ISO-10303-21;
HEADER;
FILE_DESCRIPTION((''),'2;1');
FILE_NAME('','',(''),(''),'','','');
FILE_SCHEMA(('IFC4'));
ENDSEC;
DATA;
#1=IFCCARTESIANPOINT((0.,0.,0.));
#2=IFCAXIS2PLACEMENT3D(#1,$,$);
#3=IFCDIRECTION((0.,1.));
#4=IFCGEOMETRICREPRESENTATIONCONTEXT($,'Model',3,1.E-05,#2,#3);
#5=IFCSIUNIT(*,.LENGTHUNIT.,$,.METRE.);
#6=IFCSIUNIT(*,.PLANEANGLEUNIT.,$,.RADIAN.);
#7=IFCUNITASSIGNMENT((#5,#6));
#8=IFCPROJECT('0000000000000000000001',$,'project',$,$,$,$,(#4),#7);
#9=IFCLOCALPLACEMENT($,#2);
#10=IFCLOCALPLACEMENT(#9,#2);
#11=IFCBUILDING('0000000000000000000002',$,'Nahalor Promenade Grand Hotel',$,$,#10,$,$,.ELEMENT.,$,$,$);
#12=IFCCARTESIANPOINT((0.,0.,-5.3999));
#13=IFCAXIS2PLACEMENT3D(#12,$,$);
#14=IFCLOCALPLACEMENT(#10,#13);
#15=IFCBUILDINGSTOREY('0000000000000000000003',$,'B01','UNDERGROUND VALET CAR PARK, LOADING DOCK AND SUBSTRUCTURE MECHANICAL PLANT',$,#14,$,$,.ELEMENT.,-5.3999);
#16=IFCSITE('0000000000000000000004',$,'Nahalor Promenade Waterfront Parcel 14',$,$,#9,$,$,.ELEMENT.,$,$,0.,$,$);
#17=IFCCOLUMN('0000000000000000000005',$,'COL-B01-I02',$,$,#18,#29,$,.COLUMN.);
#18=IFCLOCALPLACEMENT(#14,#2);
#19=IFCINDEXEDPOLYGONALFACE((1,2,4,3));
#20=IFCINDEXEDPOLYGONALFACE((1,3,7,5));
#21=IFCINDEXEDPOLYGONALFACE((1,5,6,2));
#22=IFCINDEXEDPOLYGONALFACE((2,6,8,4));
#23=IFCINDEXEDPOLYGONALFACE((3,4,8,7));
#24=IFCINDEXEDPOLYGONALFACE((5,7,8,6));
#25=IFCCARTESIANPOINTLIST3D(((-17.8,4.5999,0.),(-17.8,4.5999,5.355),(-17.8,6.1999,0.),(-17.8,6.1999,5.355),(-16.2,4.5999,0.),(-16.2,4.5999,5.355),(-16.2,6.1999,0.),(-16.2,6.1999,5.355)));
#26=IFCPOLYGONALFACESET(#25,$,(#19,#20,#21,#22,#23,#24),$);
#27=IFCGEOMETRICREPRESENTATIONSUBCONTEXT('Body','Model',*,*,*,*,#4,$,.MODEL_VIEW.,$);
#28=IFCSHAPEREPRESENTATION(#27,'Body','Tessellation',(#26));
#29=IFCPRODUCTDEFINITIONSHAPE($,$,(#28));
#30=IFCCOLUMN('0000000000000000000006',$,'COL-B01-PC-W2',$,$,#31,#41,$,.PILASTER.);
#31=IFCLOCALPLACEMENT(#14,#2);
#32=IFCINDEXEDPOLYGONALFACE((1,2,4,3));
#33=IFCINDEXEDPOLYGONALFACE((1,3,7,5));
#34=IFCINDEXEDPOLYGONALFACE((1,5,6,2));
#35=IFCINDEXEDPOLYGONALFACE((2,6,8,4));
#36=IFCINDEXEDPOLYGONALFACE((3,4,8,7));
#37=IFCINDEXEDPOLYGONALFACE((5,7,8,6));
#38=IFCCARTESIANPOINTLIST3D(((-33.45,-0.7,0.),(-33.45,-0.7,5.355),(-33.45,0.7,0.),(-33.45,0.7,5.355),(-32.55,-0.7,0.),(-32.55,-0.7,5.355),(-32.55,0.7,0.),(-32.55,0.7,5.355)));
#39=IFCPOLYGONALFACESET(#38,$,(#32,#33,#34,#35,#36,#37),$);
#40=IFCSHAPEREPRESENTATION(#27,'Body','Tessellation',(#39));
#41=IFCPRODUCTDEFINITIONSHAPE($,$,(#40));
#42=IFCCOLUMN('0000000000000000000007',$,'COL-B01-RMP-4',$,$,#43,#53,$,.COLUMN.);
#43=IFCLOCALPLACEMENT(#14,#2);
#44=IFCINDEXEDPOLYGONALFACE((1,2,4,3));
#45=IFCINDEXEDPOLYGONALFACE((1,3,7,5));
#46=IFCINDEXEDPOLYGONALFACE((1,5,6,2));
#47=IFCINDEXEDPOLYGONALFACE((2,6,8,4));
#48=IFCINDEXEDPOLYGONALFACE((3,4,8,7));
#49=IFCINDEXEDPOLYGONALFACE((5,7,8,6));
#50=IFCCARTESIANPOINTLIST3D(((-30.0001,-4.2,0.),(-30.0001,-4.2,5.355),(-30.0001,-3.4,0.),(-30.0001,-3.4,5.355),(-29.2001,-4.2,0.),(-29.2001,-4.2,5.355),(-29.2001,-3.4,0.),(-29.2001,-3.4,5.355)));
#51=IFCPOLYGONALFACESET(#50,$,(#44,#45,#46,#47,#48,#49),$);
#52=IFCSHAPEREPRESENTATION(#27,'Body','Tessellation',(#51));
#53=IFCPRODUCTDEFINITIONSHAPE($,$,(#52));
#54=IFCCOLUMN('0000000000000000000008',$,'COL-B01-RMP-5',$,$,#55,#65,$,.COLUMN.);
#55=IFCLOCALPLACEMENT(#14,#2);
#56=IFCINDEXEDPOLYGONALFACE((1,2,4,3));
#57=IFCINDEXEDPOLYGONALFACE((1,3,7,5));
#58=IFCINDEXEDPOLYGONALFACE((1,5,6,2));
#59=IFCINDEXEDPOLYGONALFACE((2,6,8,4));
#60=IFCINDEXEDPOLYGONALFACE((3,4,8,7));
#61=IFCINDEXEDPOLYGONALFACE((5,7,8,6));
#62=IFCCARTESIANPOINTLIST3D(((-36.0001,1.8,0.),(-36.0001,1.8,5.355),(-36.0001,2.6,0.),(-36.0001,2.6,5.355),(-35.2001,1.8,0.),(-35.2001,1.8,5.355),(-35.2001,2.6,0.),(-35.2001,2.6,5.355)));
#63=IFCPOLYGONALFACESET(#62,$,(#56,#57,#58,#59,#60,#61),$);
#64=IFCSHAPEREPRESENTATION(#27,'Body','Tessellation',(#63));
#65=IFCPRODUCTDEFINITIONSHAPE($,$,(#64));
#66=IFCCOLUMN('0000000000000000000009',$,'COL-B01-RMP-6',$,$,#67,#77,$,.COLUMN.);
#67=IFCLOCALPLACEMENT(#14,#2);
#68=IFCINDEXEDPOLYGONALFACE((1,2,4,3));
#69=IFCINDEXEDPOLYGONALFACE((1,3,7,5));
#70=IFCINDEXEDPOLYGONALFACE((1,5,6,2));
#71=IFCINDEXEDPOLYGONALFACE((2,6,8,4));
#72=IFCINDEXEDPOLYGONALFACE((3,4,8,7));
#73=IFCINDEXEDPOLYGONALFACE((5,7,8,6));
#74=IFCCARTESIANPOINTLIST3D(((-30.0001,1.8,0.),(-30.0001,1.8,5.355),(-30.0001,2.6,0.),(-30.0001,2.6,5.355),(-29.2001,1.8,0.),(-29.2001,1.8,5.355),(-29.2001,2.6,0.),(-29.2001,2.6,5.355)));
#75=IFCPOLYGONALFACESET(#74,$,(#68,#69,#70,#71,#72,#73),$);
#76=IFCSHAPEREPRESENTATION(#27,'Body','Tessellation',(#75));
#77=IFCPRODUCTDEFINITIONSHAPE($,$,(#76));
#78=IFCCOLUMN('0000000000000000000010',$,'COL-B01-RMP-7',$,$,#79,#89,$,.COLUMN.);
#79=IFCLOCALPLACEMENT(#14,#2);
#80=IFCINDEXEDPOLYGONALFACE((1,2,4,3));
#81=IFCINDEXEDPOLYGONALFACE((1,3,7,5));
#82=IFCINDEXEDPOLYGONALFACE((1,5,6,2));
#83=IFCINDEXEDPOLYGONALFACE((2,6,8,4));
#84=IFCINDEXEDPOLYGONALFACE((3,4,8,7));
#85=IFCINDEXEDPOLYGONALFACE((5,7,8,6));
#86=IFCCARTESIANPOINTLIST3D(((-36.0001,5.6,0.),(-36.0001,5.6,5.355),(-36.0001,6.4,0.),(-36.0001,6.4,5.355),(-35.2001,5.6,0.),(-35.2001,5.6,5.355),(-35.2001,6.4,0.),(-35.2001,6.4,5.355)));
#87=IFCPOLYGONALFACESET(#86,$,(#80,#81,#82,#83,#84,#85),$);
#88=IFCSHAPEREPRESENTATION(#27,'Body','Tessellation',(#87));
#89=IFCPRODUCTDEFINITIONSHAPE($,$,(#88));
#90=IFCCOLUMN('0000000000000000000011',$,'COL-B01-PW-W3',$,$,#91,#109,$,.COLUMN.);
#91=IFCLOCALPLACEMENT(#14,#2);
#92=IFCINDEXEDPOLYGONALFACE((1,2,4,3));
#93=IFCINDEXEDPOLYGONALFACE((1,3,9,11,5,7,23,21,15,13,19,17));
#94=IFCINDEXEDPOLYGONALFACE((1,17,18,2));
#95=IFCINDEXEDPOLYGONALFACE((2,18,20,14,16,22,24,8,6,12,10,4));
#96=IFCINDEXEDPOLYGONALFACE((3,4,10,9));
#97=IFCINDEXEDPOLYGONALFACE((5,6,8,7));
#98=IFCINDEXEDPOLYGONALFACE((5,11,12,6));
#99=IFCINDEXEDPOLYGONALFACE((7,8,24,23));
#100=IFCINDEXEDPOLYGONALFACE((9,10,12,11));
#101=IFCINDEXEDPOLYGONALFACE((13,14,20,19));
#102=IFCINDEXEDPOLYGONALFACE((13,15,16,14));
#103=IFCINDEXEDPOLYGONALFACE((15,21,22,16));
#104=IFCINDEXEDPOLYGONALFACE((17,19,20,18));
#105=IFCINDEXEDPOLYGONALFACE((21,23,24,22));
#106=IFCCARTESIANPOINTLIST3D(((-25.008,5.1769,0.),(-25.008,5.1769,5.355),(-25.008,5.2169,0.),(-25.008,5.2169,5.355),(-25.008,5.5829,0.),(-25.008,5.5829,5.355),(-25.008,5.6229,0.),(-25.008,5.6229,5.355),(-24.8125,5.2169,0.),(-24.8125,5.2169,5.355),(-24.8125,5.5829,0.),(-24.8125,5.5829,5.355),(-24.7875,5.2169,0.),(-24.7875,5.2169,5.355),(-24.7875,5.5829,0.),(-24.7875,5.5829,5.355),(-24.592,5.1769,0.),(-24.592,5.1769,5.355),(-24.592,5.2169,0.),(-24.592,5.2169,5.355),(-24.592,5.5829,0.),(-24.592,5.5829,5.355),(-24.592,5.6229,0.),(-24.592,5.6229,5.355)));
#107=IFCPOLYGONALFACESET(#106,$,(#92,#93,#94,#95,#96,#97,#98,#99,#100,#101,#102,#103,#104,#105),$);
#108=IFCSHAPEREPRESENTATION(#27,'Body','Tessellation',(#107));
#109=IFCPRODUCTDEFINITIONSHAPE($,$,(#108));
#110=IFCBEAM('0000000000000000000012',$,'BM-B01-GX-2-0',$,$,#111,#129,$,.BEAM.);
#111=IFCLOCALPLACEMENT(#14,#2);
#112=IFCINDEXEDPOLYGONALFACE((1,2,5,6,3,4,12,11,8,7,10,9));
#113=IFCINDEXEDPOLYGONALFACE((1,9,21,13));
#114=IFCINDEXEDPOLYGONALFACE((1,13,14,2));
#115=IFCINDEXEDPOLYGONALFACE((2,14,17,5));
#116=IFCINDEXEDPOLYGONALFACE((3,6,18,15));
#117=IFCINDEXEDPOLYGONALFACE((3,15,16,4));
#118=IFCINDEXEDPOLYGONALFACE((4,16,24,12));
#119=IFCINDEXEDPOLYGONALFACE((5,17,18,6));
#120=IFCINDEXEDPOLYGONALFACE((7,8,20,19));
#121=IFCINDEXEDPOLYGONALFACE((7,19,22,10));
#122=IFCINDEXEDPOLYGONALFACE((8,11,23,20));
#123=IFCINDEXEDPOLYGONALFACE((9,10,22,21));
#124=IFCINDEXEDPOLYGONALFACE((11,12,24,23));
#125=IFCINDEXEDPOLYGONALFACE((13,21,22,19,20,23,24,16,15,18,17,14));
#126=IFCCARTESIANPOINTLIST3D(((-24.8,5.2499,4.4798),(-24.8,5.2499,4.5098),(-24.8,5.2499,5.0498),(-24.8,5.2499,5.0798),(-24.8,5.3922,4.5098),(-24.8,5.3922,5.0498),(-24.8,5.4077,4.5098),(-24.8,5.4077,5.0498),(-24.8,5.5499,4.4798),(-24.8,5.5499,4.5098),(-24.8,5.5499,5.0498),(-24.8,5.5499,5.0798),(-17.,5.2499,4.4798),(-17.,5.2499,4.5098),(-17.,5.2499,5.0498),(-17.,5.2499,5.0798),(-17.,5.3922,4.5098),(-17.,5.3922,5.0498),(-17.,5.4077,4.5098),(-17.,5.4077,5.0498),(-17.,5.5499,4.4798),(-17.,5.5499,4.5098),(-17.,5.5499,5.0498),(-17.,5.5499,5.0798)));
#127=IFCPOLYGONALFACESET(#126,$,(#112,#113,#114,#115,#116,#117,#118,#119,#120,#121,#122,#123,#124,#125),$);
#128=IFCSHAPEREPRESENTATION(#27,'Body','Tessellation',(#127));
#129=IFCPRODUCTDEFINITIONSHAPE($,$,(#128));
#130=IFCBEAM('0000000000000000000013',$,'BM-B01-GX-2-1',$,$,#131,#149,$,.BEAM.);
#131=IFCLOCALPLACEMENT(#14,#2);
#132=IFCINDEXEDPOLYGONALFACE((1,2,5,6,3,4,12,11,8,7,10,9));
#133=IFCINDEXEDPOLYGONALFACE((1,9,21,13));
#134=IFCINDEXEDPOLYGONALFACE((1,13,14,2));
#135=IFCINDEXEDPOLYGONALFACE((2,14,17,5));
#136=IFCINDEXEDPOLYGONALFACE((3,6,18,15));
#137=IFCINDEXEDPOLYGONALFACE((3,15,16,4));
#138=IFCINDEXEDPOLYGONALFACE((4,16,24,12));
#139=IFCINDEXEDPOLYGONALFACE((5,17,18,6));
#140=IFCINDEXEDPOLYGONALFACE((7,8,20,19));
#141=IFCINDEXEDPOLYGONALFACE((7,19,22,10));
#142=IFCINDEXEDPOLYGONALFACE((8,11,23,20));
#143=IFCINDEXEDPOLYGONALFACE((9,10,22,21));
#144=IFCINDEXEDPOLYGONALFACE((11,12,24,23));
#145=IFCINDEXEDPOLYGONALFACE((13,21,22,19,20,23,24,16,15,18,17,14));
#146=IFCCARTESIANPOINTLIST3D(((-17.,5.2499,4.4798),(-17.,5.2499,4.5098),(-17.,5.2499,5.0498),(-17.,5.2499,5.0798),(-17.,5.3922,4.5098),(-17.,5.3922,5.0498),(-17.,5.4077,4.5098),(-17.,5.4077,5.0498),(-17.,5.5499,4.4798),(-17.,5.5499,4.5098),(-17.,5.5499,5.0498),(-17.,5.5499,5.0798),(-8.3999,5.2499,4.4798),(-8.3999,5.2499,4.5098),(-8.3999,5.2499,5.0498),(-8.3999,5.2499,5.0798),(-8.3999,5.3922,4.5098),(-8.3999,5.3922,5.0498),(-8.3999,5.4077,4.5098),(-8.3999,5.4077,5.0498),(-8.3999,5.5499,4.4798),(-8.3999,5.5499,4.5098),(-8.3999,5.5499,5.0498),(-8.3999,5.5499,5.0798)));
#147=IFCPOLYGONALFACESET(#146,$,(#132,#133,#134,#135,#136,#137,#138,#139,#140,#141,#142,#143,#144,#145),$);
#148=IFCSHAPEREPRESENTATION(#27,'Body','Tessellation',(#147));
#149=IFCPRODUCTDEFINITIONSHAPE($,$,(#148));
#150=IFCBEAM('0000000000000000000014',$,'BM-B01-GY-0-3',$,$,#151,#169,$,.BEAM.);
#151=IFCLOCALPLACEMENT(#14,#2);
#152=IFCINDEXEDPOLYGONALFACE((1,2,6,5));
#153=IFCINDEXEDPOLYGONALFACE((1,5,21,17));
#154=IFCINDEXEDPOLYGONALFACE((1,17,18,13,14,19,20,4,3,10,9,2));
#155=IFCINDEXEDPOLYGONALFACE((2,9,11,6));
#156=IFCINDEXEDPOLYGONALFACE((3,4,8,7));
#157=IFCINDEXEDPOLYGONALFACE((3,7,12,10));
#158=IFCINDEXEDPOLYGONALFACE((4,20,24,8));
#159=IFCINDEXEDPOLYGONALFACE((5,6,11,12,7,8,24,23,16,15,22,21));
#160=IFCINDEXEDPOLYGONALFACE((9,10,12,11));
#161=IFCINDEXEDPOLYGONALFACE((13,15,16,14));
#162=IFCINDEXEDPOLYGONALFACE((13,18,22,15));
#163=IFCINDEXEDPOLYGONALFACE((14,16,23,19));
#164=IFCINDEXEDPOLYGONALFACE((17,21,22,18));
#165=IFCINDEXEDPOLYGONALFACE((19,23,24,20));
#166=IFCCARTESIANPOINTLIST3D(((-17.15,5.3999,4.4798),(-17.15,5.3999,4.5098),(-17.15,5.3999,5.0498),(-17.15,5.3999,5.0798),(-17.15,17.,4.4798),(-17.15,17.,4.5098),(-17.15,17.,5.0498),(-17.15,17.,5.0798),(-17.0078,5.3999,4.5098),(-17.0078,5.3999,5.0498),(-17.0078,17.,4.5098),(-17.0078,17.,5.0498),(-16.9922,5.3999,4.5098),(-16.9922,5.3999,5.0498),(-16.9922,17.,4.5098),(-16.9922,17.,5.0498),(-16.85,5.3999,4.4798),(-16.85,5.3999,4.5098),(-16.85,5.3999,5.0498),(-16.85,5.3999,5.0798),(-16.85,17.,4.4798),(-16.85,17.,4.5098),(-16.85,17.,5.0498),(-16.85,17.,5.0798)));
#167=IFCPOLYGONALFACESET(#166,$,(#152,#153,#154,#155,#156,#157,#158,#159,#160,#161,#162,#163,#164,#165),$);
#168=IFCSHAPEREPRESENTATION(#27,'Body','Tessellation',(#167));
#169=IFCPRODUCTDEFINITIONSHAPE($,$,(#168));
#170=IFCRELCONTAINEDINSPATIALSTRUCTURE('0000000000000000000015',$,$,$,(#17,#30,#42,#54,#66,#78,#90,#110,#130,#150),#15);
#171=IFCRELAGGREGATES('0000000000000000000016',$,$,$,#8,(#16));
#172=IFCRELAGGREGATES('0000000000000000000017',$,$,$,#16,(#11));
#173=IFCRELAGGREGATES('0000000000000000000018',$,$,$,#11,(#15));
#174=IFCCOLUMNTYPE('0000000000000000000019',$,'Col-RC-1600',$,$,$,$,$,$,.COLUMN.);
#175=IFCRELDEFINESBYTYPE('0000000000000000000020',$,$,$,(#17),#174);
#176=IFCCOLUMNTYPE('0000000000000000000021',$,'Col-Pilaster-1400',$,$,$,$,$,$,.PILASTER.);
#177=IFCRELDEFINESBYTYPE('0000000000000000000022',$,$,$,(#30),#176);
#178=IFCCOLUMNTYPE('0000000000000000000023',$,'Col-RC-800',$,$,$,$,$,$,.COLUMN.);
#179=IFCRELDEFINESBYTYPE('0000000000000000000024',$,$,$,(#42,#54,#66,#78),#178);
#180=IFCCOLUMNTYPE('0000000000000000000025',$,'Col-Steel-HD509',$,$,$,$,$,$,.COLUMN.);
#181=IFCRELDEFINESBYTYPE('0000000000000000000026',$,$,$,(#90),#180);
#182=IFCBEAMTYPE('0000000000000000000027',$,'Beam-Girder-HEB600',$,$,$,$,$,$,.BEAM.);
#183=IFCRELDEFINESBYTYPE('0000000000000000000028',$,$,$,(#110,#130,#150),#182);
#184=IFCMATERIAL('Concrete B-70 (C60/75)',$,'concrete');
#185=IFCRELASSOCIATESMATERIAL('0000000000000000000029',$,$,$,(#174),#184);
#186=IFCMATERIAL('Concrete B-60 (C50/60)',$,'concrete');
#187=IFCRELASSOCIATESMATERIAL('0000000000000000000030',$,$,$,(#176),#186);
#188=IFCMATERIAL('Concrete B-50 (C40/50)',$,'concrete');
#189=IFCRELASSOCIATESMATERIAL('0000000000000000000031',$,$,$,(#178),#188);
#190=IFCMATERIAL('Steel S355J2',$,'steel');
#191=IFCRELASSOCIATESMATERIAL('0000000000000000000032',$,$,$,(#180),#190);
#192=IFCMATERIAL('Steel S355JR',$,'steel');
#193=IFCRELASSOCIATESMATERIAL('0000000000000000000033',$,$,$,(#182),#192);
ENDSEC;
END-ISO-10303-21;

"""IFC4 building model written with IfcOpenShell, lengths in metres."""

from ifc_helpers import new_model, si_unit, direction, frame, origin, origin_2d, place, context, subcontext, project, spatial, rectangle, i_section, extrude, source, transform, mapped, material, material_profile, profile_set, type_object, element, save


model = new_model("IFC4")

# Units and contexts
model_context = context("Model", 3, precision=1e-05, world=origin(), true_north=direction((0.0, 1.0)))
body_context = subcontext(model_context, "Body", "Model", "MODEL_VIEW")
ifc_project = project(units=[si_unit("LENGTHUNIT", "METRE"), si_unit("PLANEANGLEUNIT", "RADIAN")], contexts=[model_context])

# Site, building, storey
site_placement = place(None, origin())
site = spatial("IfcSite", under=ifc_project, at=site_placement, Name="Nahalor Promenade Waterfront Parcel 14", CompositionType="ELEMENT", RefElevation=0.0)
building_placement = place(site_placement, origin())
building = spatial("IfcBuilding", under=site, at=building_placement, Name="Nahalor Promenade Grand Hotel", CompositionType="ELEMENT")
storey_placement = place(building_placement, frame((0.0, 0.0, -5.3999)))
storey = spatial("IfcBuildingStorey", under=building, at=storey_placement, Name="B01", Description="UNDERGROUND VALET CAR PARK, LOADING DOCK AND SUBSTRUCTURE MECHANICAL PLANT", CompositionType="ELEMENT", Elevation=-5.3999)

# Columns
ifc_material_1 = material(Name="Concrete B-70 (C60/75)", Category="concrete")
ifc_material_profile_1 = material_profile(ifc_material_1, rectangle(XDim=1.6, YDim=1.6, at=origin_2d()), Name="RC 1600x1600")
ifc_profile_set_1 = profile_set([ifc_material_profile_1], Name="Concrete B-70 (C60/75)")
column_type_1 = type_object("IfcColumnType", Name="Col-RC-1600", PredefinedType="COLUMN", material=ifc_profile_set_1)
shared_shape_1 = source(origin(), body_context, "Body", "SweptSolid", [
    extrude(rectangle(XDim=1.6, YDim=1.6, at=origin_2d()), origin(), (0.0, 0.0, 1.0), 5.355),
])
column_1_placement = place(storey_placement, frame((-17.0, 5.3999, 0.0), z_axis=(0.0, 0.0, 1.0), x_axis=(1.0, 0.0, 0.0)))
element("IfcColumn", 1, at=column_1_placement, inside=storey, type_object=column_type_1, Name="COL-B01-I02", PredefinedType="COLUMN", context=body_context, shape_type="MappedRepresentation", body=[
    mapped(shared_shape_1, transform((0.0, 0.0, 0.0), scale=1.0)),
])
ifc_material_2 = material(Name="Concrete B-60 (C50/60)", Category="concrete")
ifc_material_profile_2 = material_profile(ifc_material_2, rectangle(XDim=0.9, YDim=1.4, at=origin_2d()), Name="RC 900x1400")
ifc_profile_set_2 = profile_set([ifc_material_profile_2], Name="Concrete B-60 (C50/60)")
column_type_2 = type_object("IfcColumnType", Name="Col-Pilaster-1400", PredefinedType="PILASTER", material=ifc_profile_set_2)
shared_shape_2 = source(origin(), body_context, "Body", "SweptSolid", [
    extrude(rectangle(XDim=0.9, YDim=1.4, at=origin_2d()), origin(), (0.0, 0.0, 1.0), 5.355),
])
column_2_placement = place(storey_placement, frame((-33.0, 0.0, 0.0), z_axis=(0.0, 0.0, 1.0), x_axis=(1.0, 0.0, 0.0)))
element("IfcColumn", 2, at=column_2_placement, inside=storey, type_object=column_type_2, Name="COL-B01-PC-W2", PredefinedType="PILASTER", context=body_context, shape_type="MappedRepresentation", body=[
    mapped(shared_shape_2, transform((0.0, 0.0, 0.0), scale=1.0)),
])
ifc_material_3 = material(Name="Concrete B-50 (C40/50)", Category="concrete")
ifc_material_profile_3 = material_profile(ifc_material_3, rectangle(XDim=0.8, YDim=0.8, at=origin_2d()), Name="RC 800x800")
ifc_profile_set_3 = profile_set([ifc_material_profile_3], Name="Concrete B-50 (C40/50)")
column_type_3 = type_object("IfcColumnType", Name="Col-RC-800", PredefinedType="COLUMN", material=ifc_profile_set_3)
shared_shape_3 = source(origin(), body_context, "Body", "SweptSolid", [
    extrude(rectangle(XDim=0.8, YDim=0.8, at=origin_2d()), origin(), (0.0, 0.0, 1.0), 5.355),
])
for number, where, z_axis, x_axis, name in (
    (3, (-29.6001, -3.8, 0.0), (0.0, 0.0, 1.0), (1.0, 0.0, 0.0), "COL-B01-RMP-4"),
    (4, (-35.6001, 2.2, 0.0), (0.0, 0.0, 1.0), (1.0, 0.0, 0.0), "COL-B01-RMP-5"),
    (5, (-29.6001, 2.2, 0.0), (0.0, 0.0, 1.0), (1.0, 0.0, 0.0), "COL-B01-RMP-6"),
    (6, (-35.6001, 6.0, 0.0), (0.0, 0.0, 1.0), (1.0, 0.0, 0.0), "COL-B01-RMP-7"),
):
    element("IfcColumn", number, at=place(storey_placement, frame(where, z_axis=z_axis, x_axis=x_axis)), inside=storey, type_object=column_type_3, Name=name, PredefinedType="COLUMN", context=body_context, shape_type="MappedRepresentation", body=[
        mapped(shared_shape_3, transform((0.0, 0.0, 0.0), scale=1.0)),
    ])
ifc_material_4 = material(Name="Steel S355J2", Category="steel")
ifc_material_profile_4 = material_profile(ifc_material_4, i_section(OverallWidth=0.416, OverallDepth=0.446, WebThickness=0.025, FlangeThickness=0.04, at=origin_2d()), Name="HD 400x509")
ifc_profile_set_4 = profile_set([ifc_material_profile_4], Name="Steel S355J2")
column_type_4 = type_object("IfcColumnType", Name="Col-Steel-HD509", PredefinedType="COLUMN", material=ifc_profile_set_4)
shared_shape_4 = source(origin(), body_context, "Body", "SweptSolid", [
    extrude(i_section(OverallWidth=0.416, OverallDepth=0.446, WebThickness=0.025, FlangeThickness=0.04, at=origin_2d()), origin(), (0.0, 0.0, 1.0), 5.355),
])
column_3_placement = place(storey_placement, frame((-24.8, 5.3999, 0.0), z_axis=(0.0, 0.0, 1.0), x_axis=(1.0, 0.0, 0.0)))
element("IfcColumn", 7, at=column_3_placement, inside=storey, type_object=column_type_4, Name="COL-B01-PW-W3", PredefinedType="COLUMN", context=body_context, shape_type="MappedRepresentation", body=[
    mapped(shared_shape_4, transform((0.0, 0.0, 0.0), scale=1.0)),
])

# Beams
ifc_material_5 = material(Name="Steel S355JR", Category="steel")
ifc_material_profile_5 = material_profile(ifc_material_5, i_section(OverallWidth=0.3, OverallDepth=0.6, WebThickness=0.0155, FlangeThickness=0.03, at=origin_2d()), Name="HEB 600")
ifc_profile_set_5 = profile_set([ifc_material_profile_5], Name="Steel S355JR")
beam_type_1 = type_object("IfcBeamType", Name="Beam-Girder-HEB600", PredefinedType="BEAM", material=ifc_profile_set_5)
shared_shape_5 = source(origin(), body_context, "Body", "SweptSolid", [
    extrude(i_section(OverallWidth=0.3, OverallDepth=0.6, WebThickness=0.0155, FlangeThickness=0.03, at=origin_2d()), origin(), (0.0, 0.0, 1.0), 7.8),
])
beam_1_placement = place(storey_placement, frame((-24.8, 5.3999, 4.7798), z_axis=(1.0, 0.0, 0.0), x_axis=(0.0, 1.0, 0.0)))
element("IfcBeam", 8, at=beam_1_placement, inside=storey, type_object=beam_type_1, Name="BM-B01-GX-2-0", PredefinedType="BEAM", context=body_context, shape_type="MappedRepresentation", body=[
    mapped(shared_shape_5, transform((0.0, 0.0, 0.0), scale=1.0)),
])
shared_shape_6 = source(origin(), body_context, "Body", "SweptSolid", [
    extrude(i_section(OverallWidth=0.3, OverallDepth=0.6, WebThickness=0.0155, FlangeThickness=0.03, at=origin_2d()), origin(), (0.0, 0.0, 1.0), 8.6001),
])
beam_2_placement = place(storey_placement, frame((-17.0, 5.3999, 4.7798), z_axis=(1.0, 0.0, 0.0), x_axis=(0.0, 1.0, 0.0)))
element("IfcBeam", 9, at=beam_2_placement, inside=storey, type_object=beam_type_1, Name="BM-B01-GX-2-1", PredefinedType="BEAM", context=body_context, shape_type="MappedRepresentation", body=[
    mapped(shared_shape_6, transform((0.0, 0.0, 0.0), scale=1.0)),
])
shared_shape_7 = source(origin(), body_context, "Body", "SweptSolid", [
    extrude(i_section(OverallWidth=0.3, OverallDepth=0.6, WebThickness=0.0155, FlangeThickness=0.03, at=origin_2d()), origin(), (0.0, 0.0, 1.0), 11.6001),
])
beam_3_placement = place(storey_placement, frame((-17.0, 5.3999, 4.7798), z_axis=(0.0, 1.0, 0.0), x_axis=(-1.0, 0.0, 0.0)))
element("IfcBeam", 10, at=beam_3_placement, inside=storey, type_object=beam_type_1, Name="BM-B01-GY-0-3", PredefinedType="BEAM", context=body_context, shape_type="MappedRepresentation", body=[
    mapped(shared_shape_7, transform((0.0, 0.0, 0.0), scale=1.0)),
])

save(model, "model.ifc")
